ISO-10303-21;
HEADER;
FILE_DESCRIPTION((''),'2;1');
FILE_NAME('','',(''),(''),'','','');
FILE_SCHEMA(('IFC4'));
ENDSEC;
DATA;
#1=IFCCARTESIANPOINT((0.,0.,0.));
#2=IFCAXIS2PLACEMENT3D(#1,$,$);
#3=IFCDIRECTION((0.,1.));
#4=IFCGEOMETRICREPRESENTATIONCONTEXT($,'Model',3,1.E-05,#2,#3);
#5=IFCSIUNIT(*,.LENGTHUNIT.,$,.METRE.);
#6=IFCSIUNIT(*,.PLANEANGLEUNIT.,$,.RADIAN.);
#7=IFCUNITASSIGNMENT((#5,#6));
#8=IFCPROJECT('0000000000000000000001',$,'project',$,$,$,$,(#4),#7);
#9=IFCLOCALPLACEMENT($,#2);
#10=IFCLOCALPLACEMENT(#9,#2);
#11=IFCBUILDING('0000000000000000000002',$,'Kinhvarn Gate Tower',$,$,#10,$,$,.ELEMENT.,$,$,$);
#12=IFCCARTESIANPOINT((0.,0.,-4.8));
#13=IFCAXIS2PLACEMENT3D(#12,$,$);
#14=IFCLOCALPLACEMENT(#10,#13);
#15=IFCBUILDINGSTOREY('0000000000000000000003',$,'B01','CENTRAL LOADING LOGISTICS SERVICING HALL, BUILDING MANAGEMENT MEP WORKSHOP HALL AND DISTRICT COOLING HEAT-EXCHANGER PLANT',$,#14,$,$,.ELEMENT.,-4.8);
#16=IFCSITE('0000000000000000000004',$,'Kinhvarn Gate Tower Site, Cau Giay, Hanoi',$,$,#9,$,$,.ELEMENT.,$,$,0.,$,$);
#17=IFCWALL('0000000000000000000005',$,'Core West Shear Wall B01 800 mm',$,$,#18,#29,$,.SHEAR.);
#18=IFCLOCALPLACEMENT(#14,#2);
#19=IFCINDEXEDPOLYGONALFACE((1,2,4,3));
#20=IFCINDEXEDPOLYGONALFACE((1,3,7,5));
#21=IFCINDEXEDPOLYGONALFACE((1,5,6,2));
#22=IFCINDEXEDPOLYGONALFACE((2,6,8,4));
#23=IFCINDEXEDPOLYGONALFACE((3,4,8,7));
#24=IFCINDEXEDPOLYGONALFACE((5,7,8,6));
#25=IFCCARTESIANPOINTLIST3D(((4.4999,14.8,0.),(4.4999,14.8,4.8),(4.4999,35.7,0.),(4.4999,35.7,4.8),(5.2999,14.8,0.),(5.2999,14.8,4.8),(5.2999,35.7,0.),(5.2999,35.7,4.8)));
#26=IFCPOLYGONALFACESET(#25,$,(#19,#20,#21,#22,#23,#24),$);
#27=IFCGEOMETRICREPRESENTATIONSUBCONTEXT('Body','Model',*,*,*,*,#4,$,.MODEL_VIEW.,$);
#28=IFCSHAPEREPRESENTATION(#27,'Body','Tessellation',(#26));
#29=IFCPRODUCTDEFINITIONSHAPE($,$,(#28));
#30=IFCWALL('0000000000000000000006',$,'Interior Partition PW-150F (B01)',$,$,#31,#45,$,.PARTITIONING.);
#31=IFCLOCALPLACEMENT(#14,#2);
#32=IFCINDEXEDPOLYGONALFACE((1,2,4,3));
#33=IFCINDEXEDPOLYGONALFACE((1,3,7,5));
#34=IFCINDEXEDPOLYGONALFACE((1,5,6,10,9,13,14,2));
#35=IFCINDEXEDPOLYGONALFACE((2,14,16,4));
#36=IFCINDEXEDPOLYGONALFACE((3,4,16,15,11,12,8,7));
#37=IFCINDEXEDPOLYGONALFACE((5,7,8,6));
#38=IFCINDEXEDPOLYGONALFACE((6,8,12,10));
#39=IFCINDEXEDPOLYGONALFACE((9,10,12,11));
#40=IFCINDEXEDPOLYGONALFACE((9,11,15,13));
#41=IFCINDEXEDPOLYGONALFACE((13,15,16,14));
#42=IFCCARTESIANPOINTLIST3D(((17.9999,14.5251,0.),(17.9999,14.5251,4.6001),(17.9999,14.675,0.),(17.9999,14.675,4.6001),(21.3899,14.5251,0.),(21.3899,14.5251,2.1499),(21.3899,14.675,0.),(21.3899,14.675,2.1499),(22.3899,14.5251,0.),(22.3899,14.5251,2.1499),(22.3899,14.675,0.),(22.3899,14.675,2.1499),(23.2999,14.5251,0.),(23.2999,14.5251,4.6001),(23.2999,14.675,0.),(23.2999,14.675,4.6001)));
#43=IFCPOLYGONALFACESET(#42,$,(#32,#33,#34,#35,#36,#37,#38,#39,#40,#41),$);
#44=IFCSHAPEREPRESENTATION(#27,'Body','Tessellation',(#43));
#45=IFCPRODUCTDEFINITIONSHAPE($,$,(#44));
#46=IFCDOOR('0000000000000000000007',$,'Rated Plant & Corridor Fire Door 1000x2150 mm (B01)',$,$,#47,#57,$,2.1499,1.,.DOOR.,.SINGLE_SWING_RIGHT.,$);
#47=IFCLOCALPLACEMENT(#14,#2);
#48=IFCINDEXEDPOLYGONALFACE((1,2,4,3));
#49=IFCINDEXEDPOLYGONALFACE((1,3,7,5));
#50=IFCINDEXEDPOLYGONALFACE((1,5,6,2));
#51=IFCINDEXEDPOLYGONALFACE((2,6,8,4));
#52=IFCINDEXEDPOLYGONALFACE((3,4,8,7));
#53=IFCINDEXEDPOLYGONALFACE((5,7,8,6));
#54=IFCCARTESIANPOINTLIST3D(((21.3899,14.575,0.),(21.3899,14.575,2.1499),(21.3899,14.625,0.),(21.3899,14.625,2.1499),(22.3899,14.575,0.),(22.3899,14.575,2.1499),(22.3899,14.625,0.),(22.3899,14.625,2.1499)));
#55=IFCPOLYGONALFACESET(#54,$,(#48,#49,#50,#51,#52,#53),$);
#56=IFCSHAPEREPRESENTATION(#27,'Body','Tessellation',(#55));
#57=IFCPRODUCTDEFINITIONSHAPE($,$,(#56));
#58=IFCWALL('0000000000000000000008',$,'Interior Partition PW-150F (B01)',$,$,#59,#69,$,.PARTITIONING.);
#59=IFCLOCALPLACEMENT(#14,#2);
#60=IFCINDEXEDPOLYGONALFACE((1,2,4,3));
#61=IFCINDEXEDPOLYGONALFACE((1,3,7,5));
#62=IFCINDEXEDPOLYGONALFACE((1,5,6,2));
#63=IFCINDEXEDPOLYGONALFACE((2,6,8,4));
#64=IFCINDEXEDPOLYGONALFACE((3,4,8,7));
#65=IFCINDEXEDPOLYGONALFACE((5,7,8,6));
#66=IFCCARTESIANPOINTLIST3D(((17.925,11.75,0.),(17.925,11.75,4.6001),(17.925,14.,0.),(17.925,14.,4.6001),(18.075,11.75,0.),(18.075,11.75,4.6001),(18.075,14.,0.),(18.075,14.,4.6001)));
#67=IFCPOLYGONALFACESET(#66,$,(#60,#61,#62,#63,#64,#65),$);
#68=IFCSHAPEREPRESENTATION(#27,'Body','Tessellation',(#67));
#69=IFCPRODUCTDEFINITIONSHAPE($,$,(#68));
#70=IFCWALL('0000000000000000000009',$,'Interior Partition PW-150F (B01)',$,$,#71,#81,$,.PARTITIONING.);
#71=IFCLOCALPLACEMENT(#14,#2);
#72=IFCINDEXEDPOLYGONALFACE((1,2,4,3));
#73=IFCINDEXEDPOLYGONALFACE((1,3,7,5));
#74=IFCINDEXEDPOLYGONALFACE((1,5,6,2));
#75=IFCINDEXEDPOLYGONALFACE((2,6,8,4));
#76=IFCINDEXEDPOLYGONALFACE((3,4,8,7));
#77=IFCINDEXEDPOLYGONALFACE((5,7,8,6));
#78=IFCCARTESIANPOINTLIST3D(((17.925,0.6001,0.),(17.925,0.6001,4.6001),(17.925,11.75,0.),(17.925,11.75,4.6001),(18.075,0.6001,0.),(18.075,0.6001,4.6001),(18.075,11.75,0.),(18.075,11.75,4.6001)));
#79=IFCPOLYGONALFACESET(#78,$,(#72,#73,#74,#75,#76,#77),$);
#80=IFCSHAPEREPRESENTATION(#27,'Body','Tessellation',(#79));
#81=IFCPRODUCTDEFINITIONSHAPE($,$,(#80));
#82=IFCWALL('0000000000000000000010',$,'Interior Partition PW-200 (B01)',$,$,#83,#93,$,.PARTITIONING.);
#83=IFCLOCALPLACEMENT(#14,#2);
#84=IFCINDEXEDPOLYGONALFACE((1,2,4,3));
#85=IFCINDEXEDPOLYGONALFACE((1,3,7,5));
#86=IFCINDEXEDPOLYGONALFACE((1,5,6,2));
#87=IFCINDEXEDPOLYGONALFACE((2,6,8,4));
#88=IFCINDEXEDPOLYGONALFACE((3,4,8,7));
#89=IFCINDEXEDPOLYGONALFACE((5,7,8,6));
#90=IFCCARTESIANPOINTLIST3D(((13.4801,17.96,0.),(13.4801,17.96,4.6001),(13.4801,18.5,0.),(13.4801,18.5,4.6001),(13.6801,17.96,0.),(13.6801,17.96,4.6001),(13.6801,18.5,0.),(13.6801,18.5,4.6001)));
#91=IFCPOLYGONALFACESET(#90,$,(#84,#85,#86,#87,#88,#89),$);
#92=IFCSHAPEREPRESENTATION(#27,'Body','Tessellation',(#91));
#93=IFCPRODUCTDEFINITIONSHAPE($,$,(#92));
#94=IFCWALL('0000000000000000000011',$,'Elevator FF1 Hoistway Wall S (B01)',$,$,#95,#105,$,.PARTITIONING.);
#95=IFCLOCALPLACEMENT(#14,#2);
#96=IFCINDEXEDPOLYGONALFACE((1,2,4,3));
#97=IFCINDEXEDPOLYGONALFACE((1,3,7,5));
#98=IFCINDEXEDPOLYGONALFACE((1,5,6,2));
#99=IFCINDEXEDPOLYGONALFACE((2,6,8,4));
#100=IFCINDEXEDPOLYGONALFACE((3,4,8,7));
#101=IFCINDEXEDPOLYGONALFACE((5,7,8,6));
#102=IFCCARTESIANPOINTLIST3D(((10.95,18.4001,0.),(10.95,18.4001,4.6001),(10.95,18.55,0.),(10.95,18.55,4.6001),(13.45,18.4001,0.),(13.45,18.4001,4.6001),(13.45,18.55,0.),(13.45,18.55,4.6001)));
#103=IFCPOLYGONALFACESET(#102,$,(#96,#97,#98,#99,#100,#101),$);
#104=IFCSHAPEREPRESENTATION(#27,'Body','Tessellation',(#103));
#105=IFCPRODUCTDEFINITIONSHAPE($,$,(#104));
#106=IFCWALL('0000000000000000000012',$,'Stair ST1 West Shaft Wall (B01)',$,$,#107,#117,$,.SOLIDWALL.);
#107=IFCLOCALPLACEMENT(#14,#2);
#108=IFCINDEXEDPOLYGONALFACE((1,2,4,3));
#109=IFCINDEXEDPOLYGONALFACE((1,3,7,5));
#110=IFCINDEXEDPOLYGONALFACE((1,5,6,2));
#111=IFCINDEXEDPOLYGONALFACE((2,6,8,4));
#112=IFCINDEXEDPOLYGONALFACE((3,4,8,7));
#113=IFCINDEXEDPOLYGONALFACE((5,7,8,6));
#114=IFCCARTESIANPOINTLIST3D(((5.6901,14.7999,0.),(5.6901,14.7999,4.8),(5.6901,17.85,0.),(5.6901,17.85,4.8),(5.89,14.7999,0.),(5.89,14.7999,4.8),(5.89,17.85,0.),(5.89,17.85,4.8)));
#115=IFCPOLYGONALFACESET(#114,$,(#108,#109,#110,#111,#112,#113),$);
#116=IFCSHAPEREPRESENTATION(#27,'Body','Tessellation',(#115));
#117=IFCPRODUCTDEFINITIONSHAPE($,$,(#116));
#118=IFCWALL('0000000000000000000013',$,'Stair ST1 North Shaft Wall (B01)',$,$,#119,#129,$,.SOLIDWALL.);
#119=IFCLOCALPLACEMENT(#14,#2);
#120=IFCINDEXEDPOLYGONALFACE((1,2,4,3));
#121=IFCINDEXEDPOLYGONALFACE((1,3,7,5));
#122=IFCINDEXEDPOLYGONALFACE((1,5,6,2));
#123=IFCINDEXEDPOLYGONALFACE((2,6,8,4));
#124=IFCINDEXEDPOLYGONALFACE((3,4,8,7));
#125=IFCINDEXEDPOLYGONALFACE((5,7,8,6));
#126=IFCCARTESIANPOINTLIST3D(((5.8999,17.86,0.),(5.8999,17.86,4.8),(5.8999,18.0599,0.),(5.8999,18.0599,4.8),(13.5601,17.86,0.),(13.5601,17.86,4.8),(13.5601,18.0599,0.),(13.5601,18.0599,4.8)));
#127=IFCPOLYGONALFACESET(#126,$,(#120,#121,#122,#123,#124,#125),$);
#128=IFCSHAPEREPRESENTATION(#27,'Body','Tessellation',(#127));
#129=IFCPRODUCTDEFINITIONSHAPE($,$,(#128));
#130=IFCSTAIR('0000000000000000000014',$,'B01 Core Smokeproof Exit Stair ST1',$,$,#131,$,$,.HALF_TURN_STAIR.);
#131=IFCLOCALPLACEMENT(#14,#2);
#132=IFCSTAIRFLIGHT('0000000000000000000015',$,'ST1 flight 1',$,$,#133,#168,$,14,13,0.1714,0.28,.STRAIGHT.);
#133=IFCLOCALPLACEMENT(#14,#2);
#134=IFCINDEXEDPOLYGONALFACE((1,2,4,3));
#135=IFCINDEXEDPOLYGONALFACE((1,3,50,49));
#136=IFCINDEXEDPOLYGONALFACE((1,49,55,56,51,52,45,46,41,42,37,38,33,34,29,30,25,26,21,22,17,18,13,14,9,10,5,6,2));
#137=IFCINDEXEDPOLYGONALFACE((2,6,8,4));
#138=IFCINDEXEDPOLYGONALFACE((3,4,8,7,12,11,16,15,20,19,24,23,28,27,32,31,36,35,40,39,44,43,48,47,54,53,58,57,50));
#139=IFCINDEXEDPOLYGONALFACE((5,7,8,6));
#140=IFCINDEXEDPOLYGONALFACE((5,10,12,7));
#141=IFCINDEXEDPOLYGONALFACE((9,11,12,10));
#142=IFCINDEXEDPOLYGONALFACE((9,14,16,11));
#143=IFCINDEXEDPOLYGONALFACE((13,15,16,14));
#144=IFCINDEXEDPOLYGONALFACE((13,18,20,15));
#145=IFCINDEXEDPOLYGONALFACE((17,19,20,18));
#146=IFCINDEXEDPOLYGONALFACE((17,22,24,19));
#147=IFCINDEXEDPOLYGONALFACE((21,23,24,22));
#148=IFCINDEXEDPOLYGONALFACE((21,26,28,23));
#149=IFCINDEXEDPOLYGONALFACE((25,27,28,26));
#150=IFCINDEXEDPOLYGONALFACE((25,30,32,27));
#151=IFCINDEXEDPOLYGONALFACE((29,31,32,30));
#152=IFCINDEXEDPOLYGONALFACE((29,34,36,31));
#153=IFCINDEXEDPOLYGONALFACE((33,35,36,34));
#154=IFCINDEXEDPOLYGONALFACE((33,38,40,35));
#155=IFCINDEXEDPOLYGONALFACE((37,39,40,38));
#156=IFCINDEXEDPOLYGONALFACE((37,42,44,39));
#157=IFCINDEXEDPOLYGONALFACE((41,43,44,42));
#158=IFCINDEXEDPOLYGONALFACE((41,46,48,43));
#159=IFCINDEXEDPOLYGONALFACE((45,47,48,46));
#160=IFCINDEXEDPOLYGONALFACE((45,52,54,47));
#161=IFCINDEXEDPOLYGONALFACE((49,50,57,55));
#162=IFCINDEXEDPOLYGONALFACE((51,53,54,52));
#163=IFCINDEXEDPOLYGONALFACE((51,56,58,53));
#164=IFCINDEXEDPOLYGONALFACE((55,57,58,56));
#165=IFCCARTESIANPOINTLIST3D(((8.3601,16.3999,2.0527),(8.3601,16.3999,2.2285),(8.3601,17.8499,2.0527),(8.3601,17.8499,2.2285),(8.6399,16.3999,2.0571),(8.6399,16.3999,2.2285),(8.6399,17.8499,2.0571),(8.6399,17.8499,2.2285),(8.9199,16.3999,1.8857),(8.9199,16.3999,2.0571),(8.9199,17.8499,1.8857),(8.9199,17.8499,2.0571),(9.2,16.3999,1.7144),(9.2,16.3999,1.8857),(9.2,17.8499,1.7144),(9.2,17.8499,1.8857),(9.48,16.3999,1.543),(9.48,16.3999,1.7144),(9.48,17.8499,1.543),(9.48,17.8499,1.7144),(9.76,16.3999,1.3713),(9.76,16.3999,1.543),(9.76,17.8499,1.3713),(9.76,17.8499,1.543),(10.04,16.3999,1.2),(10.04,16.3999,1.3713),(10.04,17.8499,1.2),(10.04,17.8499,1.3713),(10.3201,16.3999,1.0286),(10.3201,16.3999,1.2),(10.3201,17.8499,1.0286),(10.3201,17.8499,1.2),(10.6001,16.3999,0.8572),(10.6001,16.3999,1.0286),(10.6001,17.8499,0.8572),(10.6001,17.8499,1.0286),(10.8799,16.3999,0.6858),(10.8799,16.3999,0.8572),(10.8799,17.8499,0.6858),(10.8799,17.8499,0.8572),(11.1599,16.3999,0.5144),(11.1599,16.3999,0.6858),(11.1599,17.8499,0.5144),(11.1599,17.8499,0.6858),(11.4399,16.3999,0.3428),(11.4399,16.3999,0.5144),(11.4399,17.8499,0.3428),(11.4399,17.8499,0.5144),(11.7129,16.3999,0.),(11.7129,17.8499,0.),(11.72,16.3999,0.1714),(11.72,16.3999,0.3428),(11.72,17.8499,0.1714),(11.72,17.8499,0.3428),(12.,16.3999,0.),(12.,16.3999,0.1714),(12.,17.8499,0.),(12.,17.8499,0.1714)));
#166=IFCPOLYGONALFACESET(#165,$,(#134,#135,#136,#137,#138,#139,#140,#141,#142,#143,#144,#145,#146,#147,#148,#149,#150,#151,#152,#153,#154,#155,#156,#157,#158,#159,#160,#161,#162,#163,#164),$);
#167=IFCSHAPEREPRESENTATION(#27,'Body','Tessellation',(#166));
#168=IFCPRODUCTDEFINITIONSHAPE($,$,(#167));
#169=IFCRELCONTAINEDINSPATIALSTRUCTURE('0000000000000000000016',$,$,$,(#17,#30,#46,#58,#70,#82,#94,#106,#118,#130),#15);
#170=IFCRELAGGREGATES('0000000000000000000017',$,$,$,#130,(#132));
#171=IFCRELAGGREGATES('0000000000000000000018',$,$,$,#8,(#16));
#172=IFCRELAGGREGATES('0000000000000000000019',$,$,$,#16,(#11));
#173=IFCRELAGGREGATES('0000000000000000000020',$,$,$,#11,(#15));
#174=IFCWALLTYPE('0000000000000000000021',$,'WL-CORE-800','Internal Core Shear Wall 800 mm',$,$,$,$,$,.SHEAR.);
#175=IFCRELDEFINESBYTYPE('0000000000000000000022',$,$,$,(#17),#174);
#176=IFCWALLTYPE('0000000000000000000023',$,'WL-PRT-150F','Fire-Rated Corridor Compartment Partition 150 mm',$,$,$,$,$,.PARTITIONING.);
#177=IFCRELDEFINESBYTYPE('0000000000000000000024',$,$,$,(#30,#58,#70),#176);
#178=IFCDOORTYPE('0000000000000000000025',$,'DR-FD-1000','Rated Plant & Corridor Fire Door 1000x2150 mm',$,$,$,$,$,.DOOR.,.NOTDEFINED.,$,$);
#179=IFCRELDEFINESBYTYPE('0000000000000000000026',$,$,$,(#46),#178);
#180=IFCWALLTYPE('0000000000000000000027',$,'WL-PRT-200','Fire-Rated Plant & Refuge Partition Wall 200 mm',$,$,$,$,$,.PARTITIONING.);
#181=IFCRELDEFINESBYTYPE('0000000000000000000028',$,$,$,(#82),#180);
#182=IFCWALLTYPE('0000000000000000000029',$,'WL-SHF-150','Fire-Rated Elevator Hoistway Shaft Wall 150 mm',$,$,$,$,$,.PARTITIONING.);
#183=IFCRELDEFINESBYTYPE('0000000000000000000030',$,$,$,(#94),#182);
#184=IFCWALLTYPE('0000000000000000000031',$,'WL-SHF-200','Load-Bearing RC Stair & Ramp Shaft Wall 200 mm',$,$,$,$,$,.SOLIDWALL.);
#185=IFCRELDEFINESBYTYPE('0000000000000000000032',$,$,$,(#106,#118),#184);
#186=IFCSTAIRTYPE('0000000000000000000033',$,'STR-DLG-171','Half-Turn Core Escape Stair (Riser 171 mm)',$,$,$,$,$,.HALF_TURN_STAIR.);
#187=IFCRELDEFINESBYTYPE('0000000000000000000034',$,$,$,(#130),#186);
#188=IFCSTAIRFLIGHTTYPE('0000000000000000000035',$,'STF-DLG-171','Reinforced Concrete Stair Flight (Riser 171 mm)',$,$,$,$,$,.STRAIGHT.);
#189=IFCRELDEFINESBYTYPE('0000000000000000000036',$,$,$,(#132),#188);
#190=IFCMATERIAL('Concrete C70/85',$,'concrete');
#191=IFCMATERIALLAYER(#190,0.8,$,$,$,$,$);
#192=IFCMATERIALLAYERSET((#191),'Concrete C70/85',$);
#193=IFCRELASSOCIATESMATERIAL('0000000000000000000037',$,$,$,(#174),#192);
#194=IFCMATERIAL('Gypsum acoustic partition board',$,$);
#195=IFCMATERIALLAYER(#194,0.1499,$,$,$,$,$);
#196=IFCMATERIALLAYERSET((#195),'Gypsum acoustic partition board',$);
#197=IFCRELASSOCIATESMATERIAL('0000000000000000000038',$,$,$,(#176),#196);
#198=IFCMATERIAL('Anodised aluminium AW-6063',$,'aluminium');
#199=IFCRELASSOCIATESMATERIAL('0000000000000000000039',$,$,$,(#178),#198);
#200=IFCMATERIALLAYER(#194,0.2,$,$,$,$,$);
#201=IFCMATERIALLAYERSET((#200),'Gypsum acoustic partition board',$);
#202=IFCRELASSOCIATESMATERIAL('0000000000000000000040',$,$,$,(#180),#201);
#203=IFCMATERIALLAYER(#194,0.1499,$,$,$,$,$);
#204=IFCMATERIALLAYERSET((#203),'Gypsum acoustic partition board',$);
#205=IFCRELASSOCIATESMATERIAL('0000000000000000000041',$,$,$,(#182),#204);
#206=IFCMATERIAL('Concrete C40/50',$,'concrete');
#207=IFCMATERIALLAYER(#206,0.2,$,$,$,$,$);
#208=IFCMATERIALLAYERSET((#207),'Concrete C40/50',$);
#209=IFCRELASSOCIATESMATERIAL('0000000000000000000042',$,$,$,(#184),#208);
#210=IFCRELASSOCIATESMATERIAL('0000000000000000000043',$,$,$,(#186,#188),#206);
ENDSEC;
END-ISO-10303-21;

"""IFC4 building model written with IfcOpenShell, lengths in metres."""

from ifc_helpers import new_model, si_unit, direction, frame, frame_2d, origin, place, context, subcontext, project, spatial, polyline, rectangle, outline, extrude, material, layer, layer_set, type_object, element, fill, aggregate, save


model = new_model("IFC4")

# Units and contexts
model_context = context("Model", 3, precision=1e-05, world=origin(), true_north=direction((0.0, 1.0)))
body_context = subcontext(model_context, "Body", "Model", "MODEL_VIEW")
ifc_project = project(units=[si_unit("LENGTHUNIT", "METRE"), si_unit("PLANEANGLEUNIT", "RADIAN")], contexts=[model_context])

# Site, building, storey
site_placement = place(None, origin())
site = spatial("IfcSite", under=ifc_project, at=site_placement, Name="Kinhvarn Gate Tower Site, Cau Giay, Hanoi", CompositionType="ELEMENT", RefElevation=0.0)
building_placement = place(site_placement, origin())
building = spatial("IfcBuilding", under=site, at=building_placement, Name="Kinhvarn Gate Tower", CompositionType="ELEMENT")
storey_placement = place(building_placement, frame((0.0, 0.0, -4.8)))
storey = spatial("IfcBuildingStorey", under=building, at=storey_placement, Name="B01", Description="CENTRAL LOADING LOGISTICS SERVICING HALL, BUILDING MANAGEMENT MEP WORKSHOP HALL AND DISTRICT COOLING HEAT-EXCHANGER PLANT", CompositionType="ELEMENT", Elevation=-4.8)

# Shared definitions
ifc_material_1 = material(Name="Concrete C70/85", Category="concrete")

# Wall
ifc_layer_1 = layer(ifc_material_1, 0.8)
ifc_layer_set_1 = layer_set([ifc_layer_1], Name="Concrete C70/85")
wall_type_1 = type_object("IfcWallType", Name="WL-CORE-800", Description="Internal Core Shear Wall 800 mm", PredefinedType="SHEAR", material=ifc_layer_set_1)
wall_1_placement = place(storey_placement, frame((4.8999, 14.8, 0.0), z_axis=(0.0, 0.0, 1.0), x_axis=(0.0, 1.0, 0.0)))
element("IfcWall", 1, at=wall_1_placement, inside=storey, type_object=wall_type_1, Name="Core West Shear Wall B01 800 mm", PredefinedType="SHEAR", context=body_context, shape_type="SweptSolid", body=[
    extrude(rectangle(XDim=20.8999, YDim=0.8, at=frame_2d((10.45, 0.0))), origin(), (0.0, 0.0, 1.0), 4.8),
])

# Wall, opening, door
ifc_material_2 = material(Name="Anodised aluminium AW-6063", Category="aluminium")
ifc_material_3 = material(Name="Gypsum acoustic partition board")
ifc_layer_2 = layer(ifc_material_3, 0.1499)
ifc_layer_set_2 = layer_set([ifc_layer_2], Name="Gypsum acoustic partition board")
wall_type_2 = type_object("IfcWallType", Name="WL-PRT-150F", Description="Fire-Rated Corridor Compartment Partition 150 mm", PredefinedType="PARTITIONING", material=ifc_layer_set_2)
wall_2_placement = place(storey_placement, frame((18.0, 14.6001, 0.0), z_axis=(0.0, 0.0, 1.0), x_axis=(1.0, 0.0, 0.0)))
wall_2 = element("IfcWall", 2, at=wall_2_placement, inside=storey, type_object=wall_type_2, Name="Interior Partition PW-150F (B01)", PredefinedType="PARTITIONING", context=body_context, shape_type="SweptSolid", body=[
    extrude(rectangle(XDim=5.3, YDim=0.1499, at=frame_2d((2.6499, 0.0))), origin(), (0.0, 0.0, 1.0), 4.6001),
])
opening_1_placement = place(wall_2_placement, frame((3.3899, 0.0, 0.0)))
opening_1 = element("IfcOpeningElement", 3, at=opening_1_placement, cuts=wall_2, PredefinedType="OPENING", context=body_context, shape_type="SweptSolid", body=[
    extrude(rectangle(XDim=1.0, YDim=2.1499, at=frame_2d((0.5, 1.075))), frame((0.0, 0.085, 0.0), z_axis=(0.0, -1.0, 0.0), x_axis=(1.0, 0.0, 0.0)), (0.0, 0.0, 1.0), 0.1699),
])
door_type_1 = type_object("IfcDoorType", Name="DR-FD-1000", Description="Rated Plant & Corridor Fire Door 1000x2150 mm", OperationType="NOTDEFINED", PredefinedType="DOOR", material=ifc_material_2)
door_1_placement = place(opening_1_placement, origin())
door_1 = element("IfcDoor", 4, at=door_1_placement, inside=storey, type_object=door_type_1, Name="Rated Plant & Corridor Fire Door 1000x2150 mm (B01)", OperationType="SINGLE_SWING_RIGHT", OverallHeight=2.1499, OverallWidth=1.0, PredefinedType="DOOR", context=body_context, shape_type="SweptSolid", body=[
    extrude(rectangle(XDim=1.0, YDim=2.1499, at=frame_2d((0.5, 1.075))), frame((0.0, 0.0249, 0.0), z_axis=(0.0, -1.0, 0.0), x_axis=(1.0, 0.0, 0.0)), (0.0, 0.0, 1.0), 0.05),
])
fill(opening_1, door_1)

# Walls
wall_3_placement = place(storey_placement, frame((18.0, 11.75, 0.0), z_axis=(0.0, 0.0, 1.0), x_axis=(0.0, 1.0, 0.0)))
element("IfcWall", 5, at=wall_3_placement, inside=storey, type_object=wall_type_2, Name="Interior Partition PW-150F (B01)", PredefinedType="PARTITIONING", context=body_context, shape_type="SweptSolid", body=[
    extrude(rectangle(XDim=2.25, YDim=0.1499, at=frame_2d((1.125, 0.0))), origin(), (0.0, 0.0, 1.0), 4.6001),
])
wall_4_placement = place(storey_placement, frame((18.0, 0.6001, 0.0), z_axis=(0.0, 0.0, 1.0), x_axis=(0.0, 1.0, 0.0)))
element("IfcWall", 6, at=wall_4_placement, inside=storey, type_object=wall_type_2, Name="Interior Partition PW-150F (B01)", PredefinedType="PARTITIONING", context=body_context, shape_type="SweptSolid", body=[
    extrude(rectangle(XDim=11.1499, YDim=0.1499, at=frame_2d((5.575, 0.0))), origin(), (0.0, 0.0, 1.0), 4.6001),
])
ifc_layer_3 = layer(ifc_material_3, 0.2)
ifc_layer_set_3 = layer_set([ifc_layer_3], Name="Gypsum acoustic partition board")
wall_type_3 = type_object("IfcWallType", Name="WL-PRT-200", Description="Fire-Rated Plant & Refuge Partition Wall 200 mm", PredefinedType="PARTITIONING", material=ifc_layer_set_3)
wall_5_placement = place(storey_placement, frame((13.5801, 17.96, 0.0), z_axis=(0.0, 0.0, 1.0), x_axis=(0.0, 1.0, 0.0)))
element("IfcWall", 7, at=wall_5_placement, inside=storey, type_object=wall_type_3, Name="Interior Partition PW-200 (B01)", PredefinedType="PARTITIONING", context=body_context, shape_type="SweptSolid", body=[
    extrude(rectangle(XDim=0.54, YDim=0.2, at=frame_2d((0.27, 0.0))), origin(), (0.0, 0.0, 1.0), 4.6001),
])
ifc_layer_4 = layer(ifc_material_3, 0.1499)
ifc_layer_set_4 = layer_set([ifc_layer_4], Name="Gypsum acoustic partition board")
wall_type_4 = type_object("IfcWallType", Name="WL-SHF-150", Description="Fire-Rated Elevator Hoistway Shaft Wall 150 mm", PredefinedType="PARTITIONING", material=ifc_layer_set_4)
wall_6_placement = place(storey_placement, frame((10.95, 18.4751, 0.0), z_axis=(0.0, 0.0, 1.0), x_axis=(1.0, 0.0, 0.0)))
element("IfcWall", 8, at=wall_6_placement, inside=storey, type_object=wall_type_4, Name="Elevator FF1 Hoistway Wall S (B01)", PredefinedType="PARTITIONING", context=body_context, shape_type="SweptSolid", body=[
    extrude(rectangle(XDim=2.5, YDim=0.1499, at=frame_2d((1.25, 0.0))), origin(), (0.0, 0.0, 1.0), 4.6001),
])
ifc_material_4 = material(Name="Concrete C40/50", Category="concrete")
ifc_layer_5 = layer(ifc_material_4, 0.2)
ifc_layer_set_5 = layer_set([ifc_layer_5], Name="Concrete C40/50")
wall_type_5 = type_object("IfcWallType", Name="WL-SHF-200", Description="Load-Bearing RC Stair & Ramp Shaft Wall 200 mm", PredefinedType="SOLIDWALL", material=ifc_layer_set_5)
wall_7_placement = place(storey_placement, frame((5.79, 14.8, 0.0), z_axis=(0.0, 0.0, 1.0), x_axis=(0.0, 1.0, 0.0)))
element("IfcWall", 9, at=wall_7_placement, inside=storey, type_object=wall_type_5, Name="Stair ST1 West Shaft Wall (B01)", PredefinedType="SOLIDWALL", context=body_context, shape_type="SweptSolid", body=[
    extrude(rectangle(XDim=3.05, YDim=0.2, at=frame_2d((1.5249, 0.0))), origin(), (0.0, 0.0, 1.0), 4.8),
])
wall_8_placement = place(storey_placement, frame((5.8999, 17.96, 0.0), z_axis=(0.0, 0.0, 1.0), x_axis=(1.0, 0.0, 0.0)))
element("IfcWall", 10, at=wall_8_placement, inside=storey, type_object=wall_type_5, Name="Stair ST1 North Shaft Wall (B01)", PredefinedType="SOLIDWALL", context=body_context, shape_type="SweptSolid", body=[
    extrude(rectangle(XDim=7.6602, YDim=0.2, at=frame_2d((3.8301, 0.0))), origin(), (0.0, 0.0, 1.0), 4.8),
])

# Stair, stair flight
stair_type = type_object("IfcStairType", Name="STR-DLG-171", Description="Half-Turn Core Escape Stair (Riser 171 mm)", PredefinedType="HALF_TURN_STAIR", material=ifc_material_4)
stair_placement = place(storey_placement, origin())
stair = element("IfcStair", 11, at=stair_placement, inside=storey, type_object=stair_type, Name="B01 Core Smokeproof Exit Stair ST1", PredefinedType="HALF_TURN_STAIR")
stair_flight_type = type_object("IfcStairFlightType", Name="STF-DLG-171", Description="Reinforced Concrete Stair Flight (Riser 171 mm)", PredefinedType="STRAIGHT", material=ifc_material_4)
stair_flight_1_placement = place(storey_placement, frame((12.0, 17.125, 0.0), z_axis=(0.0, 0.0, 1.0), x_axis=(-1.0, 0.0, 0.0)))
stair_flight_1 = element("IfcStairFlight", 12, at=stair_flight_1_placement, type_object=stair_flight_type, Name="ST1 flight 1", NumberOfRisers=14, NumberOfTreads=13, PredefinedType="STRAIGHT", RiserHeight=0.1714, TreadLength=0.28, context=body_context, shape_type="SweptSolid", body=[
    extrude(outline(polyline([(0.0, 0.0), (0.0, 0.1714), (0.28, 0.1714), (0.28, 0.3428), (0.5601, 0.3428), (0.5601, 0.5144), (0.8401, 0.5144), (0.8401, 0.6858), (1.1201, 0.6858), (1.1201, 0.8572), (1.3999, 0.8572), (1.3999, 1.0286), (1.6799, 1.0286), (1.6799, 1.2), (1.96, 1.2), (1.96, 1.3713), (2.24, 1.3713), (2.24, 1.543), (2.52, 1.543), (2.52, 1.7144), (2.8, 1.7144), (2.8, 1.8857), (3.0801, 1.8857), (3.0801, 2.0571), (3.3601, 2.0571), (3.3601, 2.2285), (3.6399, 2.2285), (3.6399, 2.3999), (3.6399, 2.0527), (0.2871, 0.0), (0.0, 0.0)])), frame((0.0, 0.7251, 0.0), z_axis=(0.0, -1.0, 0.0), x_axis=(1.0, 0.0, 0.0)), (0.0, 0.0, 1.0), 1.45),
])
aggregate(stair, [stair_flight_1])

save(model, "model.ifc")
